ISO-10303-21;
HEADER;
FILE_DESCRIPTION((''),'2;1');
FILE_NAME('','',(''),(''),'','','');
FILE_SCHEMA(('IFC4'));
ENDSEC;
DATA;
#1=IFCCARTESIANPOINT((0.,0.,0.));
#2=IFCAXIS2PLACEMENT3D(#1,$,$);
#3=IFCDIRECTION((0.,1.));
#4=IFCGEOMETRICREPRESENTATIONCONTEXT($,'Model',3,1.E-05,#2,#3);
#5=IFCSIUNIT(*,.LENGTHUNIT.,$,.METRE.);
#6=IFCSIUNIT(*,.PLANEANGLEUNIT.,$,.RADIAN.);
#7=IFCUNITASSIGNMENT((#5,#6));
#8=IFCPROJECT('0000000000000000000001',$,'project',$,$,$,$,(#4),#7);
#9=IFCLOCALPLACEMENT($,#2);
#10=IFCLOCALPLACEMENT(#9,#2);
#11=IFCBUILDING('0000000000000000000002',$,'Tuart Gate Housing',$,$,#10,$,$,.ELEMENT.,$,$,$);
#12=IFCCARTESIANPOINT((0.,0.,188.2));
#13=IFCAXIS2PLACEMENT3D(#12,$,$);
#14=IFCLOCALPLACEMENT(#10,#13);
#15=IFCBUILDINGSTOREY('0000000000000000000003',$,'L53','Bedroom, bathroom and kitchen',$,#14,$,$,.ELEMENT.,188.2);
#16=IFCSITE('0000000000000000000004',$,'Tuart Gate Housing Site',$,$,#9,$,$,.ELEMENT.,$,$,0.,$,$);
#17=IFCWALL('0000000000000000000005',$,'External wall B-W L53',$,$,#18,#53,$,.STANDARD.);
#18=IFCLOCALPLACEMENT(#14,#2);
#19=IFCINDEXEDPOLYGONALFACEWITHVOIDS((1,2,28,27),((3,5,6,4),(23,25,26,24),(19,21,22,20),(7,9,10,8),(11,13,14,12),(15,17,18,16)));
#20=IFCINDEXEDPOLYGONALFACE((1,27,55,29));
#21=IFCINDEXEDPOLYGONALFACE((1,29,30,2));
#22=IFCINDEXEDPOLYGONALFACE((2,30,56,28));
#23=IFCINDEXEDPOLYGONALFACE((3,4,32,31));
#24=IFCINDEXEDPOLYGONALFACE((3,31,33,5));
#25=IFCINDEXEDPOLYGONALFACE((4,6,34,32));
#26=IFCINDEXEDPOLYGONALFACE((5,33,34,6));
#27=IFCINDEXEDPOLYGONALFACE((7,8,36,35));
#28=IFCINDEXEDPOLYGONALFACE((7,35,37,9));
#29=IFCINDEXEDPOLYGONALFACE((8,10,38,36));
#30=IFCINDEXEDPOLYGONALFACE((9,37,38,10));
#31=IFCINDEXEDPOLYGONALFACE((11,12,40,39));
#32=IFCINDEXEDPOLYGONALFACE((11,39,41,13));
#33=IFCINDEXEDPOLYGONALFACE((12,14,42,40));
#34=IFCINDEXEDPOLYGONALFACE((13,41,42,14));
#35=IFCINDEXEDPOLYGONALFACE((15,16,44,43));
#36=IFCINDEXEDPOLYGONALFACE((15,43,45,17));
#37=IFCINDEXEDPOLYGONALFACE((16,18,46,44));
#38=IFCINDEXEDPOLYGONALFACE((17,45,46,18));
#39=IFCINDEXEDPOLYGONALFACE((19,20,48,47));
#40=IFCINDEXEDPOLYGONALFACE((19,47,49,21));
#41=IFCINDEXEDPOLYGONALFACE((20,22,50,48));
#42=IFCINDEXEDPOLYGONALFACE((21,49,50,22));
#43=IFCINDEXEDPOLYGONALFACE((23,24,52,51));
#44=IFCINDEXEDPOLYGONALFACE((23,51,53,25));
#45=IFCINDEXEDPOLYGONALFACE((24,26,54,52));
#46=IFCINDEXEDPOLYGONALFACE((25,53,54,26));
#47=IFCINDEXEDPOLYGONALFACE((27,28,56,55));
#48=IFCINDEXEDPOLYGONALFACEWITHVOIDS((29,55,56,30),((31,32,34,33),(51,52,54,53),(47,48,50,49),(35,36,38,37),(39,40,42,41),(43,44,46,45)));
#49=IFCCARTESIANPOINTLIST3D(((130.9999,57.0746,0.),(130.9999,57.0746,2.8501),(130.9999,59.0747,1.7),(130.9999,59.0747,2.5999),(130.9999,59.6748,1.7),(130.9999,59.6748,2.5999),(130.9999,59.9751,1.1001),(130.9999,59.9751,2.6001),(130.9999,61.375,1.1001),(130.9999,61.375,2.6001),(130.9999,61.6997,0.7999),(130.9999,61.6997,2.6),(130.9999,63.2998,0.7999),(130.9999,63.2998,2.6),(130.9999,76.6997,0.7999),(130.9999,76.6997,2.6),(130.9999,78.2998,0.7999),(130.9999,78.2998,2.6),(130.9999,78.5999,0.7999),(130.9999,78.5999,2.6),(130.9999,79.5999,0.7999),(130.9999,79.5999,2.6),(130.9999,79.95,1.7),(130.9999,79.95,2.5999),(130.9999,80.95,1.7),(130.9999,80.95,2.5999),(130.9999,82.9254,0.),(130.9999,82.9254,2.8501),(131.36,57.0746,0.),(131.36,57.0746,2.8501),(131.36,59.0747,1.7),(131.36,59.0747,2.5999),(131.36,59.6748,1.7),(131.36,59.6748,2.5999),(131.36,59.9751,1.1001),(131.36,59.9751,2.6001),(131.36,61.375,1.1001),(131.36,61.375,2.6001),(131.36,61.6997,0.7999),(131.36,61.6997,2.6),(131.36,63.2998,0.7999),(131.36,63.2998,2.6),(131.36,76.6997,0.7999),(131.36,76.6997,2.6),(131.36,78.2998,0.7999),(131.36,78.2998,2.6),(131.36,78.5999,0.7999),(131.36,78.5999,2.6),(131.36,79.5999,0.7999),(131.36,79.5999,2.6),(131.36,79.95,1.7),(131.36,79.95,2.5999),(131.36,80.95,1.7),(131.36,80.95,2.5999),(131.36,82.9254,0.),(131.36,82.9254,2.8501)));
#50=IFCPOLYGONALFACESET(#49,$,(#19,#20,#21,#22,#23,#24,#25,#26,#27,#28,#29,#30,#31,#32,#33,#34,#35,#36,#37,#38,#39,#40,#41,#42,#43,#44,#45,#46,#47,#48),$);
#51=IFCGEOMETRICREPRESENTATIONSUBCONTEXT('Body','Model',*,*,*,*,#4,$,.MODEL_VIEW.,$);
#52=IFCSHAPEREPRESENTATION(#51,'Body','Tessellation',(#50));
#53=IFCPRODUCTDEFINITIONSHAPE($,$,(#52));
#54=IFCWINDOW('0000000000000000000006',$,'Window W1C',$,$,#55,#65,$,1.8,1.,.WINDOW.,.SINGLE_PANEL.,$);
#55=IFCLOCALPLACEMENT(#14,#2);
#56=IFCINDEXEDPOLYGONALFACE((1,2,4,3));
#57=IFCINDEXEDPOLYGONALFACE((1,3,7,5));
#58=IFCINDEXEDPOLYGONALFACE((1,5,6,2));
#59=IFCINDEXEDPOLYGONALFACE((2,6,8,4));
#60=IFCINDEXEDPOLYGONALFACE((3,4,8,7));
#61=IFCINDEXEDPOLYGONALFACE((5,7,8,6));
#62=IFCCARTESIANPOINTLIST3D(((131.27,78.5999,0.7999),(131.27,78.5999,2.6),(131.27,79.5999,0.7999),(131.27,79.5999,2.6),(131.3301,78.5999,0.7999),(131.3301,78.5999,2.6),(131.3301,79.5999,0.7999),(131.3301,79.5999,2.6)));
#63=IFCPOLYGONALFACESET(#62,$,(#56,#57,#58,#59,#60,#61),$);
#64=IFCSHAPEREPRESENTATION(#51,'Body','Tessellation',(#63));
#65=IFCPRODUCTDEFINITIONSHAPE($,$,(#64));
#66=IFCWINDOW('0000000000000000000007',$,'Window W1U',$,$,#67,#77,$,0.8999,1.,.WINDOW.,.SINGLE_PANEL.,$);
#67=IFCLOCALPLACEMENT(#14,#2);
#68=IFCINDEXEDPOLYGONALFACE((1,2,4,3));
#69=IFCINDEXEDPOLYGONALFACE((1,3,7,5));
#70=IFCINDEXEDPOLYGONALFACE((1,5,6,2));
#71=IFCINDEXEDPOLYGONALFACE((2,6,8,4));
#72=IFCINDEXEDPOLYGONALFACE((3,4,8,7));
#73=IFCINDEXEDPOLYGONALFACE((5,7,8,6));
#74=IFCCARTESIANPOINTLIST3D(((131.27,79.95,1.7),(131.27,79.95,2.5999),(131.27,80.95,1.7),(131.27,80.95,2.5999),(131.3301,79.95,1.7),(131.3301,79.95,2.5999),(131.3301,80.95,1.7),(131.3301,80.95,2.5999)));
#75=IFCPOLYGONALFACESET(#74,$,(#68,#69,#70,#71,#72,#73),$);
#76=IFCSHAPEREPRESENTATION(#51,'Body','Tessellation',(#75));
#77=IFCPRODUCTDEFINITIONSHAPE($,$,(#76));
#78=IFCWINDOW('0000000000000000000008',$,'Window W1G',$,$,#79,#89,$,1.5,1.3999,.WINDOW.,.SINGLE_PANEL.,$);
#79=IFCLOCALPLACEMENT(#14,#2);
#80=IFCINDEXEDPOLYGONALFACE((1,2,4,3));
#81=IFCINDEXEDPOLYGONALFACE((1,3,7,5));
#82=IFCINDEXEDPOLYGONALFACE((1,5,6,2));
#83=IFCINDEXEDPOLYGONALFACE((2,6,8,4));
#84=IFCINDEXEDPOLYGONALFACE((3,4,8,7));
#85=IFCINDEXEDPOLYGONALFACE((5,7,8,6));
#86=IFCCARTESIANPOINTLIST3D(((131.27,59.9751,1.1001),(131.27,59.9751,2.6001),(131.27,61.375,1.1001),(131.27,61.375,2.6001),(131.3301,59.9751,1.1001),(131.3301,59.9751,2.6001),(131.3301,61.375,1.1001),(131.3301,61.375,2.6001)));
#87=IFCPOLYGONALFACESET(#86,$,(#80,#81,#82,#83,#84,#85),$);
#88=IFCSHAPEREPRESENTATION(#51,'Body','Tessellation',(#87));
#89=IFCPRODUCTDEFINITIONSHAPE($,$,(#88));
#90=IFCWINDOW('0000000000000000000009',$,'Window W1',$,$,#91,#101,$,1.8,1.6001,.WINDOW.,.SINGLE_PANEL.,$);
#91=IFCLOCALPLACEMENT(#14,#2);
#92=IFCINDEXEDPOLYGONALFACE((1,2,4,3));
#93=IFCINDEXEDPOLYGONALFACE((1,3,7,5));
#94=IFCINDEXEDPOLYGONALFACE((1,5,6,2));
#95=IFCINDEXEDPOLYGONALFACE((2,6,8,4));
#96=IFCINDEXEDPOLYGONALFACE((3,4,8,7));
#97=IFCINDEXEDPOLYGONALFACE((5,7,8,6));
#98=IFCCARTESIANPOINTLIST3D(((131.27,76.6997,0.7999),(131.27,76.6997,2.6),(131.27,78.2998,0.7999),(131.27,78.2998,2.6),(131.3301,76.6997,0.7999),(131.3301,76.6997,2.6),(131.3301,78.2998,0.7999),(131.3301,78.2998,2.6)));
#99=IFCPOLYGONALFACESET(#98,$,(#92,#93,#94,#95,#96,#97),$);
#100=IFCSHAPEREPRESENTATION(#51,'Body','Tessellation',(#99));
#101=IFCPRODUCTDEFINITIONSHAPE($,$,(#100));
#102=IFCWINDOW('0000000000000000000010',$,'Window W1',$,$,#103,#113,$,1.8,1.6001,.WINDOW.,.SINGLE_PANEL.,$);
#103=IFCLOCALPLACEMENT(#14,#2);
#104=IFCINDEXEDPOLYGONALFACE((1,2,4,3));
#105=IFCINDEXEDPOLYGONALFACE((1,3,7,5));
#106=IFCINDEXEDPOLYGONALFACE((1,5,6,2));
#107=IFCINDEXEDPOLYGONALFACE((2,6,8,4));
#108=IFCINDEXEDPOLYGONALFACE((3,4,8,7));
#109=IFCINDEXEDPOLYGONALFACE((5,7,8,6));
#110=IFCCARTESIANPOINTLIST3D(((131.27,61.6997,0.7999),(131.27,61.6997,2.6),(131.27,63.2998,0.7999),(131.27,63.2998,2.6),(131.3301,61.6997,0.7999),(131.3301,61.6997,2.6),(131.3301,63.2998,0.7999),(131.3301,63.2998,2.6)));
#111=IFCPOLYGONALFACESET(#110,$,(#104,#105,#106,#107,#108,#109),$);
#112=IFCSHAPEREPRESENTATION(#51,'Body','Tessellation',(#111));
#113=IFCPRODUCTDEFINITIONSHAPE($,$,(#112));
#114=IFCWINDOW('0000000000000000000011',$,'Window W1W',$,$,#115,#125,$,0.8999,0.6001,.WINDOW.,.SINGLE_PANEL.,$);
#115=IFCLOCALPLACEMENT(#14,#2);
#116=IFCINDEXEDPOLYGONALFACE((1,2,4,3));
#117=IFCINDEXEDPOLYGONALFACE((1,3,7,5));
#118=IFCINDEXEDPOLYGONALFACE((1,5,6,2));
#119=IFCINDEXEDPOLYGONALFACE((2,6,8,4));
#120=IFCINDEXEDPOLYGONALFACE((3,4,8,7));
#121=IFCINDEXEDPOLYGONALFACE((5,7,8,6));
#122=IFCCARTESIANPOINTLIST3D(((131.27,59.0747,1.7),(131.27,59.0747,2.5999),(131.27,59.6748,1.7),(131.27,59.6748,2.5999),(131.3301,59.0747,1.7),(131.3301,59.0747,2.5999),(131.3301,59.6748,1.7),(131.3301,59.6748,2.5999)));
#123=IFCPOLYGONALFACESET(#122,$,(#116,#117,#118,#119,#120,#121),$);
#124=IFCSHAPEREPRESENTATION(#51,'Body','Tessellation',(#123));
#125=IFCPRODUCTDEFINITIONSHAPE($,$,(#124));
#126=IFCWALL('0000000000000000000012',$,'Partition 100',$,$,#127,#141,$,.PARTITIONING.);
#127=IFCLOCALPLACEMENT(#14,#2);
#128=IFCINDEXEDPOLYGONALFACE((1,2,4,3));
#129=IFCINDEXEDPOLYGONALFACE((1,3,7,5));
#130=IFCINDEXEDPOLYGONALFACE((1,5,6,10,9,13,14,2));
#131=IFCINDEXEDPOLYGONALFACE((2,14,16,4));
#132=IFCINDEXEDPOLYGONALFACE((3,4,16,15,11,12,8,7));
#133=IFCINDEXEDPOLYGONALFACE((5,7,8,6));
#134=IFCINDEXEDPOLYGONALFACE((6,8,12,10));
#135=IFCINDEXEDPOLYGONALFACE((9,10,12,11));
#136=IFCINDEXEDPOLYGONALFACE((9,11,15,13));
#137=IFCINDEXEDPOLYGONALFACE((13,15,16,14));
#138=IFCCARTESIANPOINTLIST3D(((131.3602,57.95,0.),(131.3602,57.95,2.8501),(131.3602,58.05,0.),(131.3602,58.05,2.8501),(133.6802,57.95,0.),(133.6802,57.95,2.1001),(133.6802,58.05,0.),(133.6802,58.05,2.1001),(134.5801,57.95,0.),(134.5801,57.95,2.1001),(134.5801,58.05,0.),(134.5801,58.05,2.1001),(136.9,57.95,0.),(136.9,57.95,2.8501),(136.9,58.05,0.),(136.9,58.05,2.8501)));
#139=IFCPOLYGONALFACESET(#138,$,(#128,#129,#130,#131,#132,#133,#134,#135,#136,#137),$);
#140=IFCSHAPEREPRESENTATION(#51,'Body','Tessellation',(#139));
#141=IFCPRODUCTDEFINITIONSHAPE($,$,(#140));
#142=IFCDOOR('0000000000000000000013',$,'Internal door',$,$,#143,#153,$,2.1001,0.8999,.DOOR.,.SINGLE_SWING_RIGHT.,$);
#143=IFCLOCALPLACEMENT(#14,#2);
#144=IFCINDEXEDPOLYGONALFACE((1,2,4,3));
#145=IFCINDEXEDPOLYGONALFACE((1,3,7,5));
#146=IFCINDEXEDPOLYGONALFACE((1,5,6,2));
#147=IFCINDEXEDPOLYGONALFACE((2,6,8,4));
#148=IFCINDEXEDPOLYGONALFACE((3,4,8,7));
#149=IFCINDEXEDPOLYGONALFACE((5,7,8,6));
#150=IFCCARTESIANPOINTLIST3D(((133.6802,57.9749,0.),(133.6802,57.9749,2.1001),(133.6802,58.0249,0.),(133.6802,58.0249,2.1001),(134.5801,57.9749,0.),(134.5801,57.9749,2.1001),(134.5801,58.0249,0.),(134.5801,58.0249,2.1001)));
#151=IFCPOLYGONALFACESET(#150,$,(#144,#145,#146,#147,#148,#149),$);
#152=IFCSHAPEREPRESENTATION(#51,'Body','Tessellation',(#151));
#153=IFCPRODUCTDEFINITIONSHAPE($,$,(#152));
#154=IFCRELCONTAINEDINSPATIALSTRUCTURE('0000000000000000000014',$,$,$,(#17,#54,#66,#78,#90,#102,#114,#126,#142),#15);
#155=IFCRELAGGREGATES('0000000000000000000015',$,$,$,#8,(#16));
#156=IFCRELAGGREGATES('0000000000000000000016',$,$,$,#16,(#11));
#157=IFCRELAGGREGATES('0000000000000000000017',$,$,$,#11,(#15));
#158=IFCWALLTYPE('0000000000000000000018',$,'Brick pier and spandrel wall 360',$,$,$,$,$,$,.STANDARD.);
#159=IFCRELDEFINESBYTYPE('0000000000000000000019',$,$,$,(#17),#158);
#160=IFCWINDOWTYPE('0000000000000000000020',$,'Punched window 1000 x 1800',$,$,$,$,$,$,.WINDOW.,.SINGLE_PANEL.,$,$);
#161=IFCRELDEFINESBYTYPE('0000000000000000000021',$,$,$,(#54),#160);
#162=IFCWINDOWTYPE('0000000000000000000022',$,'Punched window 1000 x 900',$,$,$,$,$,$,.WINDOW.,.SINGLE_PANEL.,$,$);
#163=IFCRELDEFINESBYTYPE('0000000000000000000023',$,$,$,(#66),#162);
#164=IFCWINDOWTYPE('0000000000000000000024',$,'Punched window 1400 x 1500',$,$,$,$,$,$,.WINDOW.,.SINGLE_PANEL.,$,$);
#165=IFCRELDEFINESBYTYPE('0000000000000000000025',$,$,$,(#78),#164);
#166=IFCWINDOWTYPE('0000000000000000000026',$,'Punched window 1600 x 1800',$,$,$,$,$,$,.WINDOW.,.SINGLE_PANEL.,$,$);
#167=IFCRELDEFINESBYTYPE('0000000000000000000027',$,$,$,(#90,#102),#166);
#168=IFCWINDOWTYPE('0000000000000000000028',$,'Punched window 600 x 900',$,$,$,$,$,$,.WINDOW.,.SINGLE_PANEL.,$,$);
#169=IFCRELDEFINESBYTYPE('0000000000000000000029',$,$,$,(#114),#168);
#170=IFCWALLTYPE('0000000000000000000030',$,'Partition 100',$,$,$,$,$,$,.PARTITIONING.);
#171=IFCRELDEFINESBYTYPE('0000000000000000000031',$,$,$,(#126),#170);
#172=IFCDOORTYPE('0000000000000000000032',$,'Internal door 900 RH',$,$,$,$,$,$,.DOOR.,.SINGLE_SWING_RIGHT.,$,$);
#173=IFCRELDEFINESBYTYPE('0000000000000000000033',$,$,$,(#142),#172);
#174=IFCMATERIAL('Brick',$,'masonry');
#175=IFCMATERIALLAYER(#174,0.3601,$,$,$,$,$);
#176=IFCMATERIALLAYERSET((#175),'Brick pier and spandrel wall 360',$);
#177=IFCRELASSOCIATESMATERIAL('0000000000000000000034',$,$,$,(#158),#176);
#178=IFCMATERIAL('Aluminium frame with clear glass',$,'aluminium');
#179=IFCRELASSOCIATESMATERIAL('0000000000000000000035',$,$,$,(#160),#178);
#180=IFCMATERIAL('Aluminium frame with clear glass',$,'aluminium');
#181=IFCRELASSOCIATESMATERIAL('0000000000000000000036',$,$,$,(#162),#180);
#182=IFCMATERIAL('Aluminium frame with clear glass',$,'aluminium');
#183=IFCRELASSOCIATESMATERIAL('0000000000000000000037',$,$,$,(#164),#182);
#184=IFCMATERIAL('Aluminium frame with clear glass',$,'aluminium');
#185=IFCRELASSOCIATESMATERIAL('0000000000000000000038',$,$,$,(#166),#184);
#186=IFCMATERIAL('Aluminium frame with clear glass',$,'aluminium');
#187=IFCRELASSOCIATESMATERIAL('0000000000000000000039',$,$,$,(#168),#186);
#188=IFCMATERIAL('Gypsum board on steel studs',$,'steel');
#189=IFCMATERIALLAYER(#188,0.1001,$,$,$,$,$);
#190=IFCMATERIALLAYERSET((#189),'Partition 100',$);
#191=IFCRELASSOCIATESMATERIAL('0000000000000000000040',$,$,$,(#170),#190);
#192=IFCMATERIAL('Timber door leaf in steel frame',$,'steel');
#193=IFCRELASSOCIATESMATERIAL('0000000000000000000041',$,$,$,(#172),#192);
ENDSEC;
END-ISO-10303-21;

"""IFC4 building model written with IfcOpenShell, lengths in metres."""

from ifc_helpers import new_model, si_unit, direction, frame, frame_2d, origin, place, context, subcontext, project, spatial, rectangle, extrude, material, layer, layer_set, type_object, element, fill, save


model = new_model("IFC4")

# Units and contexts
model_context = context("Model", 3, precision=1e-05, world=origin(), true_north=direction((0.0, 1.0)))
body_context = subcontext(model_context, "Body", "Model", "MODEL_VIEW")
ifc_project = project(units=[si_unit("LENGTHUNIT", "METRE"), si_unit("PLANEANGLEUNIT", "RADIAN")], contexts=[model_context])

# Site, building, storey
site_placement = place(None, origin())
site = spatial("IfcSite", under=ifc_project, at=site_placement, Name="Tuart Gate Housing Site", CompositionType="ELEMENT", RefElevation=0.0)
building_placement = place(site_placement, origin())
building = spatial("IfcBuilding", under=site, at=building_placement, Name="Tuart Gate Housing", CompositionType="ELEMENT")
storey_placement = place(building_placement, frame((0.0, 0.0, 188.2)))
storey = spatial("IfcBuildingStorey", under=building, at=storey_placement, Name="L53", Description="Bedroom, bathroom and kitchen", CompositionType="ELEMENT", Elevation=188.2)

# Shared definitions
ifc_material_1 = material(Name="Brick", Category="masonry")
ifc_layer_1 = layer(ifc_material_1, 0.3601)
ifc_layer_set_1 = layer_set([ifc_layer_1], Name="Brick pier and spandrel wall 360")
wall_type_1 = type_object("IfcWallType", Name="Brick pier and spandrel wall 360", PredefinedType="STANDARD", material=ifc_layer_set_1)
ifc_material_2 = material(Name="Aluminium frame with clear glass", Category="aluminium")
window_type_1 = type_object("IfcWindowType", Name="Punched window 1000 x 1800", PartitioningType="SINGLE_PANEL", PredefinedType="WINDOW", material=ifc_material_2)
ifc_material_3 = material(Name="Aluminium frame with clear glass", Category="aluminium")
window_type_2 = type_object("IfcWindowType", Name="Punched window 1000 x 900", PartitioningType="SINGLE_PANEL", PredefinedType="WINDOW", material=ifc_material_3)
ifc_material_4 = material(Name="Aluminium frame with clear glass", Category="aluminium")
window_type_3 = type_object("IfcWindowType", Name="Punched window 1400 x 1500", PartitioningType="SINGLE_PANEL", PredefinedType="WINDOW", material=ifc_material_4)
ifc_material_5 = material(Name="Aluminium frame with clear glass", Category="aluminium")
window_type_4 = type_object("IfcWindowType", Name="Punched window 1600 x 1800", PartitioningType="SINGLE_PANEL", PredefinedType="WINDOW", material=ifc_material_5)
ifc_material_6 = material(Name="Aluminium frame with clear glass", Category="aluminium")
window_type_5 = type_object("IfcWindowType", Name="Punched window 600 x 900", PartitioningType="SINGLE_PANEL", PredefinedType="WINDOW", material=ifc_material_6)

# Wall, openings, windows
wall_1_placement = place(storey_placement, frame((131.1799, 82.9253, 0.0), z_axis=(0.0, 0.0, 1.0), x_axis=(0.0, -1.0, 0.0)))
wall_1 = element("IfcWall", 1, at=wall_1_placement, inside=storey, type_object=wall_type_1, Name="External wall B-W L53", PredefinedType="STANDARD", context=body_context, shape_type="SweptSolid", body=[
    extrude(rectangle(XDim=25.8508, YDim=0.3601, at=frame_2d((12.9253, 0.0))), origin(), (0.0, 0.0, 1.0), 2.8501),
])
opening_1_placement = place(wall_1_placement, frame((1.9753, 0.0, 1.7)))
opening_1 = element("IfcOpeningElement", 2, at=opening_1_placement, cuts=wall_1, PredefinedType="OPENING", context=body_context, shape_type="SweptSolid", body=[
    extrude(rectangle(XDim=1.0, YDim=0.8999, at=frame_2d((0.5, 0.45))), frame((0.0, 0.1899, 0.0), z_axis=(0.0, -1.0, 0.0), x_axis=(1.0, 0.0, 0.0)), (0.0, 0.0, 1.0), 0.3801),
])
opening_2_placement = place(wall_1_placement, frame((4.6255, 0.0, 0.8)))
opening_2 = element("IfcOpeningElement", 3, at=opening_2_placement, cuts=wall_1, PredefinedType="OPENING", context=body_context, shape_type="SweptSolid", body=[
    extrude(rectangle(XDim=1.6001, YDim=1.8, at=frame_2d((0.8, 0.8999))), frame((0.0, 0.1899, 0.0), z_axis=(0.0, -1.0, 0.0), x_axis=(1.0, 0.0, 0.0)), (0.0, 0.0, 1.0), 0.3801),
])
opening_3_placement = place(wall_1_placement, frame((19.6255, 0.0, 0.8)))
opening_3 = element("IfcOpeningElement", 4, at=opening_3_placement, cuts=wall_1, PredefinedType="OPENING", context=body_context, shape_type="SweptSolid", body=[
    extrude(rectangle(XDim=1.6001, YDim=1.8, at=frame_2d((0.8, 0.8999))), frame((0.0, 0.1899, 0.0), z_axis=(0.0, -1.0, 0.0), x_axis=(1.0, 0.0, 0.0)), (0.0, 0.0, 1.0), 0.3801),
])
opening_4_placement = place(wall_1_placement, frame((21.5503, 0.0, 1.1001)))
opening_4 = element("IfcOpeningElement", 5, at=opening_4_placement, cuts=wall_1, PredefinedType="OPENING", context=body_context, shape_type="SweptSolid", body=[
    extrude(rectangle(XDim=1.3999, YDim=1.5, at=frame_2d((0.7, 0.75))), frame((0.0, 0.1899, 0.0), z_axis=(0.0, -1.0, 0.0), x_axis=(1.0, 0.0, 0.0)), (0.0, 0.0, 1.0), 0.3801),
])
opening_5_placement = place(wall_1_placement, frame((3.3254, 0.0, 0.8)))
opening_5 = element("IfcOpeningElement", 6, at=opening_5_placement, cuts=wall_1, PredefinedType="OPENING", context=body_context, shape_type="SweptSolid", body=[
    extrude(rectangle(XDim=1.0, YDim=1.8, at=frame_2d((0.5, 0.8999))), frame((0.0, 0.1899, 0.0), z_axis=(0.0, -1.0, 0.0), x_axis=(1.0, 0.0, 0.0)), (0.0, 0.0, 1.0), 0.3801),
])
opening_6_placement = place(wall_1_placement, frame((23.2505, 0.0, 1.7)))
opening_6 = element("IfcOpeningElement", 7, at=opening_6_placement, cuts=wall_1, PredefinedType="OPENING", context=body_context, shape_type="SweptSolid", body=[
    extrude(rectangle(XDim=0.6001, YDim=0.8999, at=frame_2d((0.3, 0.45))), frame((0.0, 0.1899, 0.0), z_axis=(0.0, -1.0, 0.0), x_axis=(1.0, 0.0, 0.0)), (0.0, 0.0, 1.0), 0.3801),
])
window_1_placement = place(opening_5_placement, origin())
window_1 = element("IfcWindow", 8, at=window_1_placement, inside=storey, type_object=window_type_1, Name="Window W1C", OverallHeight=1.8, OverallWidth=1.0, PartitioningType="SINGLE_PANEL", PredefinedType="WINDOW", context=body_context, shape_type="SweptSolid", body=[
    extrude(rectangle(XDim=1.0, YDim=1.8, at=frame_2d((0.5, 0.8999))), frame((0.0, 0.1501, 0.0), z_axis=(0.0, -1.0, 0.0), x_axis=(1.0, 0.0, 0.0)), (0.0, 0.0, 1.0), 0.0601),
])
fill(opening_5, window_1)
window_2_placement = place(opening_1_placement, origin())
window_2 = element("IfcWindow", 9, at=window_2_placement, inside=storey, type_object=window_type_2, Name="Window W1U", OverallHeight=0.8999, OverallWidth=1.0, PartitioningType="SINGLE_PANEL", PredefinedType="WINDOW", context=body_context, shape_type="SweptSolid", body=[
    extrude(rectangle(XDim=1.0, YDim=0.8999, at=frame_2d((0.5, 0.45))), frame((0.0, 0.1501, 0.0), z_axis=(0.0, -1.0, 0.0), x_axis=(1.0, 0.0, 0.0)), (0.0, 0.0, 1.0), 0.0601),
])
fill(opening_1, window_2)
window_3_placement = place(opening_4_placement, origin())
window_3 = element("IfcWindow", 10, at=window_3_placement, inside=storey, type_object=window_type_3, Name="Window W1G", OverallHeight=1.5, OverallWidth=1.3999, PartitioningType="SINGLE_PANEL", PredefinedType="WINDOW", context=body_context, shape_type="SweptSolid", body=[
    extrude(rectangle(XDim=1.3999, YDim=1.5, at=frame_2d((0.7, 0.75))), frame((0.0, 0.1501, 0.0), z_axis=(0.0, -1.0, 0.0), x_axis=(1.0, 0.0, 0.0)), (0.0, 0.0, 1.0), 0.0601),
])
fill(opening_4, window_3)
window_4_placement = place(opening_2_placement, origin())
window_4 = element("IfcWindow", 11, at=window_4_placement, inside=storey, type_object=window_type_4, Name="Window W1", OverallHeight=1.8, OverallWidth=1.6001, PartitioningType="SINGLE_PANEL", PredefinedType="WINDOW", context=body_context, shape_type="SweptSolid", body=[
    extrude(rectangle(XDim=1.6001, YDim=1.8, at=frame_2d((0.8, 0.8999))), frame((0.0, 0.1501, 0.0), z_axis=(0.0, -1.0, 0.0), x_axis=(1.0, 0.0, 0.0)), (0.0, 0.0, 1.0), 0.0601),
])
fill(opening_2, window_4)
window_5_placement = place(opening_3_placement, origin())
window_5 = element("IfcWindow", 12, at=window_5_placement, inside=storey, type_object=window_type_4, Name="Window W1", OverallHeight=1.8, OverallWidth=1.6001, PartitioningType="SINGLE_PANEL", PredefinedType="WINDOW", context=body_context, shape_type="SweptSolid", body=[
    extrude(rectangle(XDim=1.6001, YDim=1.8, at=frame_2d((0.8, 0.8999))), frame((0.0, 0.1501, 0.0), z_axis=(0.0, -1.0, 0.0), x_axis=(1.0, 0.0, 0.0)), (0.0, 0.0, 1.0), 0.0601),
])
fill(opening_3, window_5)
window_6_placement = place(opening_6_placement, origin())
window_6 = element("IfcWindow", 13, at=window_6_placement, inside=storey, type_object=window_type_5, Name="Window W1W", OverallHeight=0.8999, OverallWidth=0.6001, PartitioningType="SINGLE_PANEL", PredefinedType="WINDOW", context=body_context, shape_type="SweptSolid", body=[
    extrude(rectangle(XDim=0.6001, YDim=0.8999, at=frame_2d((0.3, 0.45))), frame((0.0, 0.1501, 0.0), z_axis=(0.0, -1.0, 0.0), x_axis=(1.0, 0.0, 0.0)), (0.0, 0.0, 1.0), 0.0601),
])
fill(opening_6, window_6)

# Wall, opening, door
ifc_material_7 = material(Name="Gypsum board on steel studs", Category="steel")
ifc_layer_2 = layer(ifc_material_7, 0.1001)
ifc_layer_set_2 = layer_set([ifc_layer_2], Name="Partition 100")
wall_type_2 = type_object("IfcWallType", Name="Partition 100", PredefinedType="PARTITIONING", material=ifc_layer_set_2)
wall_2_placement = place(storey_placement, frame((131.3601, 58.0, 0.0), z_axis=(0.0, 0.0, 1.0), x_axis=(1.0, 0.0, 0.0)))
wall_2 = element("IfcWall", 14, at=wall_2_placement, inside=storey, type_object=wall_type_2, Name="Partition 100", PredefinedType="PARTITIONING", context=body_context, shape_type="SweptSolid", body=[
    extrude(rectangle(XDim=5.5398, YDim=0.1001, at=frame_2d((2.77, 0.0))), origin(), (0.0, 0.0, 1.0), 2.8501),
])
opening_7_placement = place(wall_2_placement, frame((2.3201, 0.0, 0.0)))
opening_7 = element("IfcOpeningElement", 15, at=opening_7_placement, cuts=wall_2, PredefinedType="OPENING", context=body_context, shape_type="SweptSolid", body=[
    extrude(rectangle(XDim=0.8999, YDim=2.1001, at=frame_2d((0.45, 1.05))), frame((0.0, 0.0601, 0.0), z_axis=(0.0, -1.0, 0.0), x_axis=(1.0, 0.0, 0.0)), (0.0, 0.0, 1.0), 0.1201),
])
ifc_material_8 = material(Name="Timber door leaf in steel frame", Category="steel")
door_type_1 = type_object("IfcDoorType", Name="Internal door 900 RH", OperationType="SINGLE_SWING_RIGHT", PredefinedType="DOOR", material=ifc_material_8)
door_1_placement = place(opening_7_placement, frame((0.8999, 0.0, 0.0), z_axis=(0.0, 0.0, 1.0), x_axis=(-1.0, 0.0, 0.0)))
door_1 = element("IfcDoor", 16, at=door_1_placement, inside=storey, type_object=door_type_1, Name="Internal door", OperationType="SINGLE_SWING_RIGHT", OverallHeight=2.1001, OverallWidth=0.8999, PredefinedType="DOOR", context=body_context, shape_type="SweptSolid", body=[
    extrude(rectangle(XDim=0.8999, YDim=2.1001, at=frame_2d((0.45, 1.05))), frame((0.0, 0.0251, 0.0), z_axis=(0.0, -1.0, 0.0), x_axis=(1.0, 0.0, 0.0)), (0.0, 0.0, 1.0), 0.05),
])
fill(opening_7, door_1)

save(model, "model.ifc")
